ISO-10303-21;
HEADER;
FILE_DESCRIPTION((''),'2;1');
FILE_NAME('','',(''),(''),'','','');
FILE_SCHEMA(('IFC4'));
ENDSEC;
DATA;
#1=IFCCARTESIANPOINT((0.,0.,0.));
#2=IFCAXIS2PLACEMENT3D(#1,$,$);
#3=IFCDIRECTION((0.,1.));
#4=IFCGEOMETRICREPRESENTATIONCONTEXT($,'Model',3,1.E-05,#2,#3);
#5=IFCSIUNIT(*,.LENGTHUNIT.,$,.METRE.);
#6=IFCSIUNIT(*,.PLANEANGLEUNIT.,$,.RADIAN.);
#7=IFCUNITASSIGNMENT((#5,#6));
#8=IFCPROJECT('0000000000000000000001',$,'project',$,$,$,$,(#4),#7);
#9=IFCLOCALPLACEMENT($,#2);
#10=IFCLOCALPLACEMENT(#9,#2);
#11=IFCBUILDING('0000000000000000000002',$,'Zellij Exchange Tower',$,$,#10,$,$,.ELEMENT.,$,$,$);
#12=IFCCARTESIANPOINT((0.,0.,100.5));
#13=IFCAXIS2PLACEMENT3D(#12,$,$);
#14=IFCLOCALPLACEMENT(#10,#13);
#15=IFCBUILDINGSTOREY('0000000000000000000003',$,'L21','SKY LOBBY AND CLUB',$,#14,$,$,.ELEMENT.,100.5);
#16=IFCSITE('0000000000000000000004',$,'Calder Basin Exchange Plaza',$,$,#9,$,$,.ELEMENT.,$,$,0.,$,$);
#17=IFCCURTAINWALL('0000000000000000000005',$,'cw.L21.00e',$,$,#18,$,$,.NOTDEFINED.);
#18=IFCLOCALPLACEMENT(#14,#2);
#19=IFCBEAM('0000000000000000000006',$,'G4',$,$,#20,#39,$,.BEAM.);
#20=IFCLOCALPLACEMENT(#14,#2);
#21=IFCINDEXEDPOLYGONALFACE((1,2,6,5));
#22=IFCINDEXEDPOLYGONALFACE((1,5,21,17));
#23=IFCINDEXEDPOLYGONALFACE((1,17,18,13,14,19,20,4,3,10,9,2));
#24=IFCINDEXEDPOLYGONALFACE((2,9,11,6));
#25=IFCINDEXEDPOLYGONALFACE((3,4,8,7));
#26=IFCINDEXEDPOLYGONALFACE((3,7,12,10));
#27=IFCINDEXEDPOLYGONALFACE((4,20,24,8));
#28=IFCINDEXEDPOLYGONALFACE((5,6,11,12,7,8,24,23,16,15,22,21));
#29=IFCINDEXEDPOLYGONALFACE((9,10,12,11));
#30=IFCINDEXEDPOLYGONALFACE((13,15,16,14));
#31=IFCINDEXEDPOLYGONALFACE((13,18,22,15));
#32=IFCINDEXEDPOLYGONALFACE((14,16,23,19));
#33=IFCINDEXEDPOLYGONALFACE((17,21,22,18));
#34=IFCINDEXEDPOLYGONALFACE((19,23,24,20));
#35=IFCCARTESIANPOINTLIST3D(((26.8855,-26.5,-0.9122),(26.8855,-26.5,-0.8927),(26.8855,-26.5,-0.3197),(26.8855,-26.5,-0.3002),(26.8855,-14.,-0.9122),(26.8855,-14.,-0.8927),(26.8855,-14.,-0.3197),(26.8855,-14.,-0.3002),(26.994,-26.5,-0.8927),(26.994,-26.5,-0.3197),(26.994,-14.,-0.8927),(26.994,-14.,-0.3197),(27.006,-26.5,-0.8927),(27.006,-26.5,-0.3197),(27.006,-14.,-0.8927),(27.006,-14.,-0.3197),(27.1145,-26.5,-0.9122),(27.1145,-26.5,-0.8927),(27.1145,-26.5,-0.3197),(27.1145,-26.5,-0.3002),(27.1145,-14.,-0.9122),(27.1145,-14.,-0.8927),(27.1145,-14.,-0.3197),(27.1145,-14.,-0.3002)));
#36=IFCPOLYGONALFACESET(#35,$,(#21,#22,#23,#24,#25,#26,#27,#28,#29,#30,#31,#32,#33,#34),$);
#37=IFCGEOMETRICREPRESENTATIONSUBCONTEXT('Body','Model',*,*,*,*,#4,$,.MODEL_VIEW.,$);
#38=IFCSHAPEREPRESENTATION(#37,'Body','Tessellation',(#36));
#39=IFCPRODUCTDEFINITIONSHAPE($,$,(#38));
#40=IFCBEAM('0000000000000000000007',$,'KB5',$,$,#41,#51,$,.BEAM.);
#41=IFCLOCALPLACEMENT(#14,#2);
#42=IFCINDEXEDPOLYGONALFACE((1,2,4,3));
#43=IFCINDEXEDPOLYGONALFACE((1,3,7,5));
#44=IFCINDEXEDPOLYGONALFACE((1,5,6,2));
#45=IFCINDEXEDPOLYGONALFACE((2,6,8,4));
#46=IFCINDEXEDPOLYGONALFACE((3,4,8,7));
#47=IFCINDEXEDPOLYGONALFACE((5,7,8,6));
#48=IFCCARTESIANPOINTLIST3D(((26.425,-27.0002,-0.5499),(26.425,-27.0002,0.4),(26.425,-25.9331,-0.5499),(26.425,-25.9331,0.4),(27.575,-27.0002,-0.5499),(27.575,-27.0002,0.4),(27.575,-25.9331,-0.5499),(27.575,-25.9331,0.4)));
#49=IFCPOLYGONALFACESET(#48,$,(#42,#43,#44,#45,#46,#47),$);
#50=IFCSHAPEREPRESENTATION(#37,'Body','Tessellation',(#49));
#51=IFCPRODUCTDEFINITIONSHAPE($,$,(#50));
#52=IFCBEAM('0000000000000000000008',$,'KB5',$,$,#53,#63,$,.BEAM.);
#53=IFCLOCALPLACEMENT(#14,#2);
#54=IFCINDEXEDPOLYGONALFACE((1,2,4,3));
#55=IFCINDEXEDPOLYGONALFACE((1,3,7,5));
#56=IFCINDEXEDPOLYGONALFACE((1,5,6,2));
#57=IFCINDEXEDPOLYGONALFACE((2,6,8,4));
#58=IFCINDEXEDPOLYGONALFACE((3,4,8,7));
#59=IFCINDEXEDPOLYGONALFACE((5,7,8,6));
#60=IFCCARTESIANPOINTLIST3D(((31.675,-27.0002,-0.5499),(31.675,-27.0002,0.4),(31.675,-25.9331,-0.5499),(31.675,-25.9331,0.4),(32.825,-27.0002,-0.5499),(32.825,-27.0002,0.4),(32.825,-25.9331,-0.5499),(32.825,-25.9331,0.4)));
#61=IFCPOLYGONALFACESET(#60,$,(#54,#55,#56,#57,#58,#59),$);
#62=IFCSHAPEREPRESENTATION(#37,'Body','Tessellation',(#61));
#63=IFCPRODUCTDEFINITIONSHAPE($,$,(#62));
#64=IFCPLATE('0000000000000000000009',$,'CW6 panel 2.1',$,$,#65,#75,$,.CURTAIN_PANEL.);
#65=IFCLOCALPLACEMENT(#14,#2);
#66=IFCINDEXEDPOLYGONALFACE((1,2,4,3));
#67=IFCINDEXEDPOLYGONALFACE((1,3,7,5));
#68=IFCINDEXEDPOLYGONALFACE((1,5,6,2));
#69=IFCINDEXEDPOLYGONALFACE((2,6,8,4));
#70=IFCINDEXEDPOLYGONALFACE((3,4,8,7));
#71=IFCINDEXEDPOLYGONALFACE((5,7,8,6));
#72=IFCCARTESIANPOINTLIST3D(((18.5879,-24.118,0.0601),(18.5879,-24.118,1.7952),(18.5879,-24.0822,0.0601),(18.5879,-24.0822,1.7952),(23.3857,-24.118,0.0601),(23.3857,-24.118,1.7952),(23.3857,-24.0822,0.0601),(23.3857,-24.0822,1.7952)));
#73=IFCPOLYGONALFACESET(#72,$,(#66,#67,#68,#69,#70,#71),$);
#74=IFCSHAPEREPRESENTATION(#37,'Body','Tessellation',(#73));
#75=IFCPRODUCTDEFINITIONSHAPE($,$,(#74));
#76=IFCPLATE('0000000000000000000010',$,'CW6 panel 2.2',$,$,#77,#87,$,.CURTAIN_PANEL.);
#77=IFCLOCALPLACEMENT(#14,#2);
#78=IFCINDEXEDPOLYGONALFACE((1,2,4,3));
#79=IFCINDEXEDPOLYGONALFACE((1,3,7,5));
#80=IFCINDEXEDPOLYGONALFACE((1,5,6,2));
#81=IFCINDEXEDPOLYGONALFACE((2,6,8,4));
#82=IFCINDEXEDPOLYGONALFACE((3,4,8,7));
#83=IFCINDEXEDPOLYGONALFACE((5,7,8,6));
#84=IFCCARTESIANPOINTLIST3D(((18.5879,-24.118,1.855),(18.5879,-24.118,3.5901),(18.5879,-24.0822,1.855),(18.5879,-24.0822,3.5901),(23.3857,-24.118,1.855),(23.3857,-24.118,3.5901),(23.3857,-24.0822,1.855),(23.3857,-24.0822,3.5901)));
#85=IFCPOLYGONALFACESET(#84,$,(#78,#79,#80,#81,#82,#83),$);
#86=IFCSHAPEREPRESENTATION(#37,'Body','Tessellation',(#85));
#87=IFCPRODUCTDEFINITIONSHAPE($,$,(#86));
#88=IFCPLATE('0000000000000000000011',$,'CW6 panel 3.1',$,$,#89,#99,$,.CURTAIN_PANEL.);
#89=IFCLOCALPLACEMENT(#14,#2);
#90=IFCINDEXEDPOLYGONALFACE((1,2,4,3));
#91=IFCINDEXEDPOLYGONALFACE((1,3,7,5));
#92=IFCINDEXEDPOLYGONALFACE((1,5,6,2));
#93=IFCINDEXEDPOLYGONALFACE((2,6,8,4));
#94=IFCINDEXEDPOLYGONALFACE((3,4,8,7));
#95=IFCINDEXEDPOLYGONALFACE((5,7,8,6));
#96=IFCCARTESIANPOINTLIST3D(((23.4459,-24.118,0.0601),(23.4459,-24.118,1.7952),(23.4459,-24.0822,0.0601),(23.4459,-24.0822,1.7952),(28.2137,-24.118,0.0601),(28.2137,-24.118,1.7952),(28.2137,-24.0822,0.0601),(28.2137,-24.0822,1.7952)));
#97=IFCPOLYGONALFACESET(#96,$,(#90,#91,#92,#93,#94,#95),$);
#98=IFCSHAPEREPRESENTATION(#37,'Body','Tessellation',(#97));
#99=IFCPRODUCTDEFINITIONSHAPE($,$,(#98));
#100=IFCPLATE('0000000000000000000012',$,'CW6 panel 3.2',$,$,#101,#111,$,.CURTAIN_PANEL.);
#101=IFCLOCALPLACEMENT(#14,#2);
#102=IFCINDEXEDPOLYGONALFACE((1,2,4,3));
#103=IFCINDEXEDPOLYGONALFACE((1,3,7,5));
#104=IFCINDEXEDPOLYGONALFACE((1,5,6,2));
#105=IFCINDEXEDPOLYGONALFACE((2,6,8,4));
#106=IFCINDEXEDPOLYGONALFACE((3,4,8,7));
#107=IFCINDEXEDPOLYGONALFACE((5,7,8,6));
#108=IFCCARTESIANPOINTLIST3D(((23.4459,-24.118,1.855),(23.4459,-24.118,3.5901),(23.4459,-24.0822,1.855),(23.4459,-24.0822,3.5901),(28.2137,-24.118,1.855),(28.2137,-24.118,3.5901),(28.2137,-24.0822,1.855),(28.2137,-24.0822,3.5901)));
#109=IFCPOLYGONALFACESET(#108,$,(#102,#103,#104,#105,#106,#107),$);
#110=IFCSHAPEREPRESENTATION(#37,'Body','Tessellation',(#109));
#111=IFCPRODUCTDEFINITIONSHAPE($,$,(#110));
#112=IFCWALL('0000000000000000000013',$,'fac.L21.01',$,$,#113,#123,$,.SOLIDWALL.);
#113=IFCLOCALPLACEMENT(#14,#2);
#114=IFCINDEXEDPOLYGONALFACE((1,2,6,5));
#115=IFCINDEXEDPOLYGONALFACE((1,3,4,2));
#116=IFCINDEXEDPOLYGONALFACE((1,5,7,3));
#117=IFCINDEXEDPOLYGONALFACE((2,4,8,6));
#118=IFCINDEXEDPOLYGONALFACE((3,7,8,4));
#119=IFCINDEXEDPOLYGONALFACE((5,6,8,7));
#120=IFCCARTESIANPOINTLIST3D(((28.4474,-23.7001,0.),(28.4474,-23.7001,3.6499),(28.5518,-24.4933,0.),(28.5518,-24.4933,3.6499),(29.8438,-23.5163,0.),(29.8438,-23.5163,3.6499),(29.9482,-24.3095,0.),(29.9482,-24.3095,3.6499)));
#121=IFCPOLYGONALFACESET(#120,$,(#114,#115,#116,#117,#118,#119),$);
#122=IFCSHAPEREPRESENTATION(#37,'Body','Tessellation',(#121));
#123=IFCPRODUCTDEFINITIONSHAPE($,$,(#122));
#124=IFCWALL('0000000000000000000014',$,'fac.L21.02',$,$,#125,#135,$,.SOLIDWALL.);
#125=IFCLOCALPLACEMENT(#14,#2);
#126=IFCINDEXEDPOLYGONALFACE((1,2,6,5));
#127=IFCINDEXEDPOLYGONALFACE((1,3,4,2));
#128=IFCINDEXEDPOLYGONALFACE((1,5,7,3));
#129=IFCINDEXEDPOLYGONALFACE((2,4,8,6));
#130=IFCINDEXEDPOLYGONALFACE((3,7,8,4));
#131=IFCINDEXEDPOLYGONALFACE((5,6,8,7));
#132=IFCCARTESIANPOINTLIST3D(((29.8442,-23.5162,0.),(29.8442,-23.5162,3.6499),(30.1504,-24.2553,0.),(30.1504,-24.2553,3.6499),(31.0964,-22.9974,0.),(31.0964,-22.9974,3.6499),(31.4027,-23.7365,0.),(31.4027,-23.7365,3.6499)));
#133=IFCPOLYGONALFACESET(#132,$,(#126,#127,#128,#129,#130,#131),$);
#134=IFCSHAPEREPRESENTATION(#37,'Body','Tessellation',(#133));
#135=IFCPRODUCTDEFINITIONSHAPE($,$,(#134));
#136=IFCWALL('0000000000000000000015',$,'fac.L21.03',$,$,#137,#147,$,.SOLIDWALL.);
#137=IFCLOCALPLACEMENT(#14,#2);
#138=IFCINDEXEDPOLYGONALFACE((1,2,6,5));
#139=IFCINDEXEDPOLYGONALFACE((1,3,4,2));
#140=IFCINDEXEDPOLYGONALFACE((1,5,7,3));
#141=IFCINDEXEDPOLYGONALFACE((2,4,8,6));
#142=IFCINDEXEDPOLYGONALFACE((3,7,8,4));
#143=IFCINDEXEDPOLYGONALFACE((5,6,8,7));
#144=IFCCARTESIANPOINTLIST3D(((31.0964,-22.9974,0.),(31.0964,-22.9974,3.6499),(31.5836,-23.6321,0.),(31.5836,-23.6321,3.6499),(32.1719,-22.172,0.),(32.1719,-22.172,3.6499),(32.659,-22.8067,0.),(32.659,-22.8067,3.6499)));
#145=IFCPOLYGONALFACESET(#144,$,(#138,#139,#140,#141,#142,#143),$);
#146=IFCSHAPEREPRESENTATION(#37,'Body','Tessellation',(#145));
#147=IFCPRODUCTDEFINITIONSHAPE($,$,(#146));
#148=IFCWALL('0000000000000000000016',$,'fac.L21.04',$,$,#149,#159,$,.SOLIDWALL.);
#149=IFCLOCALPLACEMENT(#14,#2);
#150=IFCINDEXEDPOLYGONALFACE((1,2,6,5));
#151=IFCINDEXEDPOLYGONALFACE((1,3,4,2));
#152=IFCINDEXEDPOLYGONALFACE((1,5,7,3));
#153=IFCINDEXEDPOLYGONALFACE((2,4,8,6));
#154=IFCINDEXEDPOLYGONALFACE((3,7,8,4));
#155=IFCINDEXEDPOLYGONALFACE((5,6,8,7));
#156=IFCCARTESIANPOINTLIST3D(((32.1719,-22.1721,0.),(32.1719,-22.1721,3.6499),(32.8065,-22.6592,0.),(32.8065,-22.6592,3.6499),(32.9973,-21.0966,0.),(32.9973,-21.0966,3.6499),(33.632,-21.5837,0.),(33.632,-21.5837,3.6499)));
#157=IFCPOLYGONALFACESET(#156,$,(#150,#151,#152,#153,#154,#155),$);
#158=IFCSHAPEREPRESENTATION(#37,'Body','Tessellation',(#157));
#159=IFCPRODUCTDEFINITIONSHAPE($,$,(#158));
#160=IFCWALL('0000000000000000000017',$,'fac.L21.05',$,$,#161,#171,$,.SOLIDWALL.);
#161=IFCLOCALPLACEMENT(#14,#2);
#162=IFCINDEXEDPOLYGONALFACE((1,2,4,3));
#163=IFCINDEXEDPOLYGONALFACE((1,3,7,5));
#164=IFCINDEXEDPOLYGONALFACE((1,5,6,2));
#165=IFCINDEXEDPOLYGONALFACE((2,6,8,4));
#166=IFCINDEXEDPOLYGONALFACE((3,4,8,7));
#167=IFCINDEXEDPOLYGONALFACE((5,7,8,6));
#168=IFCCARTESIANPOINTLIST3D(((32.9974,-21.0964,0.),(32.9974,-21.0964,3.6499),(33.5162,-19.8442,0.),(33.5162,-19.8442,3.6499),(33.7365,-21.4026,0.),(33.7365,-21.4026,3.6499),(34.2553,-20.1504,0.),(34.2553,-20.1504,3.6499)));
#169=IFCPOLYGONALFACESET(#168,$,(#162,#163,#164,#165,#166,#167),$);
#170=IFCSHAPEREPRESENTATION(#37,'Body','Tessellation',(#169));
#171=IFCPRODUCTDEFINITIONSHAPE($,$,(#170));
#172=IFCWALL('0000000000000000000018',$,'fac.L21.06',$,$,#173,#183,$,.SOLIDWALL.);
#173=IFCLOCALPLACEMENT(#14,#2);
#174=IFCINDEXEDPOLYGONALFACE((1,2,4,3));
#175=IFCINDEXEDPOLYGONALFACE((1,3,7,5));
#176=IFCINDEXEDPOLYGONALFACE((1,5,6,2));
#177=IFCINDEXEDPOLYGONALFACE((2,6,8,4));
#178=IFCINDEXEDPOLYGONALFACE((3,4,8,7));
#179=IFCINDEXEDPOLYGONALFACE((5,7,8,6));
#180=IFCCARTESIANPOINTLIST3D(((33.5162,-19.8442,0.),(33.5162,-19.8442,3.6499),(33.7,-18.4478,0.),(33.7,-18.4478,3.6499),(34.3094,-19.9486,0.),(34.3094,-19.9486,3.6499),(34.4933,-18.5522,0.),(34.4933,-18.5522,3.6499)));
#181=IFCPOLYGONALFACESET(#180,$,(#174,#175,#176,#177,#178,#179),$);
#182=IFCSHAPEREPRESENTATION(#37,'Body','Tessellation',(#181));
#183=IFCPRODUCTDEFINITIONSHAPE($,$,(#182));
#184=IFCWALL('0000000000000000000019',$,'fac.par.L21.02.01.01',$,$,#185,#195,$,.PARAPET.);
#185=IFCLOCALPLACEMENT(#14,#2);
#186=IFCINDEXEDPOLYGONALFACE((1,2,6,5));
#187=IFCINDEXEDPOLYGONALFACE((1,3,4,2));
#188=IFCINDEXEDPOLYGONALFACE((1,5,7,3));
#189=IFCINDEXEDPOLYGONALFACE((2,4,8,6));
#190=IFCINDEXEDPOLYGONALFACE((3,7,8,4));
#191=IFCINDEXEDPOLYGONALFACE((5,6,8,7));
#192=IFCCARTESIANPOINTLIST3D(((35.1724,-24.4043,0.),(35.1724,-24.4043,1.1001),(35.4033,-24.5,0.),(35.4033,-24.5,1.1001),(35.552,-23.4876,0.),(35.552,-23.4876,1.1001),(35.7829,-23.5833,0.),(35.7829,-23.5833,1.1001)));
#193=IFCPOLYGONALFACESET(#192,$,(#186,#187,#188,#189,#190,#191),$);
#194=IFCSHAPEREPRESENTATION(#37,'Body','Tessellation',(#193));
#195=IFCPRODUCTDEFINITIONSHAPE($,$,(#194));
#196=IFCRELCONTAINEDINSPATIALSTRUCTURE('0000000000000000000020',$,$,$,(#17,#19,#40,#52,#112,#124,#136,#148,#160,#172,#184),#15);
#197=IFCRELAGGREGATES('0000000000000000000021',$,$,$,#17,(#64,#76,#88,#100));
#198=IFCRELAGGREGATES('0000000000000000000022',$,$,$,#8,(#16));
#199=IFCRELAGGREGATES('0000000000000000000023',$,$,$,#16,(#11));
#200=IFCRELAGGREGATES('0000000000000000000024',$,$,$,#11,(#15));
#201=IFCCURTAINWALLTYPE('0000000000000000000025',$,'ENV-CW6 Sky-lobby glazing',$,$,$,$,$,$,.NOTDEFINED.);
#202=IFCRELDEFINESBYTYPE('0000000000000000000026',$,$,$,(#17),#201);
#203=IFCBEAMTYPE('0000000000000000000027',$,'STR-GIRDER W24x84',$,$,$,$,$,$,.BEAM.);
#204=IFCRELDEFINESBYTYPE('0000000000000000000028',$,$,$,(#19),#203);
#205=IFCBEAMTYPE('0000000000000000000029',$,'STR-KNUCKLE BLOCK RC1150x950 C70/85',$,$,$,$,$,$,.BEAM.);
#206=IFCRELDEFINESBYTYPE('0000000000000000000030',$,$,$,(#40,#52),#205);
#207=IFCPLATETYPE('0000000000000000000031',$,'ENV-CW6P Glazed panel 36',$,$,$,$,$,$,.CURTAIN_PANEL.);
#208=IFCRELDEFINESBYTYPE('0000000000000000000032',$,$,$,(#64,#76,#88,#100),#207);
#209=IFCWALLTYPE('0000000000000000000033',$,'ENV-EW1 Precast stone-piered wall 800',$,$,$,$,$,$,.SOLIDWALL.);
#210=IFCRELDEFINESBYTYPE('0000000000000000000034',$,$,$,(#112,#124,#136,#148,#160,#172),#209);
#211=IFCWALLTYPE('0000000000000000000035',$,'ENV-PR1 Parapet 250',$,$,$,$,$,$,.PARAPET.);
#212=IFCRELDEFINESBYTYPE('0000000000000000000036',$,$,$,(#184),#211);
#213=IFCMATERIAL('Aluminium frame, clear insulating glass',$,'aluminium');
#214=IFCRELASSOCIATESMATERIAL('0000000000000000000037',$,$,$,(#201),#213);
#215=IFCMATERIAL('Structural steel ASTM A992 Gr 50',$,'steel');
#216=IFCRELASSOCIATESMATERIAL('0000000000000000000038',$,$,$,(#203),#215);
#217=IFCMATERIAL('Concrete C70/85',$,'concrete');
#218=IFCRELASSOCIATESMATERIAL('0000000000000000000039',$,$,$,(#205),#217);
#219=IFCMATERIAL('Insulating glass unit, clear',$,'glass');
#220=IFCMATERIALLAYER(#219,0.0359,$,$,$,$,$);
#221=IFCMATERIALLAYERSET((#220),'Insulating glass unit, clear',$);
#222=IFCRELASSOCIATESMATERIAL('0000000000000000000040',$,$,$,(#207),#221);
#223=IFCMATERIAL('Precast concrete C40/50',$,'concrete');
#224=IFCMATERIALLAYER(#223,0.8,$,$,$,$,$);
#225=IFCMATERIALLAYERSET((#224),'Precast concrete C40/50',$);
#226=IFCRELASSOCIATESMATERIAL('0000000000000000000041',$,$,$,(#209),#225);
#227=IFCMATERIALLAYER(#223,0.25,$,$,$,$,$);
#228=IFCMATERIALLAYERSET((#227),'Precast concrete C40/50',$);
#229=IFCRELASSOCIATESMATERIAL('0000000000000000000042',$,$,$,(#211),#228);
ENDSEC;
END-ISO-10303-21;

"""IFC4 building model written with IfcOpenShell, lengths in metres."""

from ifc_helpers import new_model, si_unit, direction, frame, frame_2d, origin, origin_2d, place, context, subcontext, project, spatial, rectangle, i_section, extrude, material, layer, layer_set, material_profile, profile_set, type_object, element, aggregate, save


model = new_model("IFC4")

# Units and contexts
model_context = context("Model", 3, precision=1e-05, world=origin(), true_north=direction((0.0, 1.0)))
body_context = subcontext(model_context, "Body", "Model", "MODEL_VIEW")
ifc_project = project(units=[si_unit("LENGTHUNIT", "METRE"), si_unit("PLANEANGLEUNIT", "RADIAN")], contexts=[model_context])

# Site, building, storey
site_placement = place(None, origin())
site = spatial("IfcSite", under=ifc_project, at=site_placement, Name="Calder Basin Exchange Plaza", CompositionType="ELEMENT", RefElevation=0.0)
building_placement = place(site_placement, origin())
building = spatial("IfcBuilding", under=site, at=building_placement, Name="Zellij Exchange Tower", CompositionType="ELEMENT")
storey_placement = place(building_placement, frame((0.0, 0.0, 100.5)))
storey = spatial("IfcBuildingStorey", under=building, at=storey_placement, Name="L21", Description="SKY LOBBY AND CLUB", CompositionType="ELEMENT", Elevation=100.5)

# Shared definitions
ifc_material_1 = material(Name="Concrete C70/85", Category="concrete")

# Curtain wall
ifc_material_2 = material(Name="Aluminium frame, clear insulating glass", Category="aluminium")
curtain_wall_type = type_object("IfcCurtainWallType", Name="ENV-CW6 Sky-lobby glazing", PredefinedType="NOTDEFINED", material=ifc_material_2)
curtain_wall_1_placement = place(storey_placement, origin())
curtain_wall_1 = element("IfcCurtainWall", 1, at=curtain_wall_1_placement, inside=storey, type_object=curtain_wall_type, Name="cw.L21.00e", PredefinedType="NOTDEFINED")

# Beams
ifc_material_3 = material(Name="Structural steel ASTM A992 Gr 50", Category="steel")
ifc_material_profile_1 = material_profile(ifc_material_3, i_section(OverallWidth=0.229, OverallDepth=0.6121, WebThickness=0.012, FlangeThickness=0.0195, at=origin_2d()), Name="W24x84")
ifc_profile_set_1 = profile_set([ifc_material_profile_1], Name="Structural steel ASTM A992 Gr 50")
beam_type_1 = type_object("IfcBeamType", Name="STR-GIRDER W24x84", PredefinedType="BEAM", material=ifc_profile_set_1)
beam_1_placement = place(storey_placement, frame((27.0, -26.5, -0.6062), z_axis=(0.0, 1.0, 0.0), x_axis=(-1.0, 0.0, 0.0)))
element("IfcBeam", 2, at=beam_1_placement, inside=storey, type_object=beam_type_1, Name="G4", PredefinedType="BEAM", context=body_context, shape_type="SweptSolid", body=[
    extrude(i_section(OverallWidth=0.229, OverallDepth=0.6121, WebThickness=0.012, FlangeThickness=0.0195, at=origin_2d()), origin(), (0.0, 0.0, 1.0), 12.5),
])
ifc_material_profile_2 = material_profile(ifc_material_1, rectangle(XDim=1.1499, YDim=0.95, at=origin_2d()), Name="STR-KNUCKLE BLOCK RC1150x950 C70/85")
ifc_profile_set_2 = profile_set([ifc_material_profile_2], Name="Concrete C70/85")
beam_type_2 = type_object("IfcBeamType", Name="STR-KNUCKLE BLOCK RC1150x950 C70/85", PredefinedType="BEAM", material=ifc_profile_set_2)
for number, where, z_axis, x_axis, name in (
    (3, (27.0, -27.0002, -0.075), (0.0, 1.0, 0.0), (-1.0, 0.0, 0.0), "KB5"),
    (4, (32.25, -27.0002, -0.075), (0.0, 1.0, 0.0), (-1.0, 0.0, 0.0), "KB5"),
):
    element("IfcBeam", number, at=place(storey_placement, frame(where, z_axis=z_axis, x_axis=x_axis)), inside=storey, type_object=beam_type_2, Name=name, PredefinedType="BEAM", context=body_context, shape_type="SweptSolid", body=[
        extrude(rectangle(XDim=1.1499, YDim=0.95, at=origin_2d()), origin(), (0.0, 0.0, 1.0), 1.0671),
    ])

# Plates
ifc_material_4 = material(Name="Insulating glass unit, clear", Category="glass")
ifc_layer_1 = layer(ifc_material_4, 0.0359)
ifc_layer_set_1 = layer_set([ifc_layer_1], Name="Insulating glass unit, clear")
plate_type = type_object("IfcPlateType", Name="ENV-CW6P Glazed panel 36", PredefinedType="CURTAIN_PANEL", material=ifc_layer_set_1)
plate_1_placement = place(storey_placement, frame((20.9868, -24.1001, 0.0601), z_axis=(0.0, 0.0, 1.0), x_axis=(1.0, 0.0, 0.0)))
plate_1 = element("IfcPlate", 5, at=plate_1_placement, type_object=plate_type, Name="CW6 panel 2.1", PredefinedType="CURTAIN_PANEL", context=body_context, shape_type="SweptSolid", body=[
    extrude(rectangle(XDim=4.7979, YDim=0.0359, at=origin_2d()), origin(), (0.0, 0.0, 1.0), 1.7351),
])
plate_2_placement = place(storey_placement, frame((20.9868, -24.1001, 1.855), z_axis=(0.0, 0.0, 1.0), x_axis=(1.0, 0.0, 0.0)))
plate_2 = element("IfcPlate", 6, at=plate_2_placement, type_object=plate_type, Name="CW6 panel 2.2", PredefinedType="CURTAIN_PANEL", context=body_context, shape_type="SweptSolid", body=[
    extrude(rectangle(XDim=4.7979, YDim=0.0359, at=origin_2d()), origin(), (0.0, 0.0, 1.0), 1.7351),
])
plate_3_placement = place(storey_placement, frame((25.8298, -24.1001, 0.0601), z_axis=(0.0, 0.0, 1.0), x_axis=(1.0, 0.0, 0.0)))
plate_3 = element("IfcPlate", 7, at=plate_3_placement, type_object=plate_type, Name="CW6 panel 3.1", PredefinedType="CURTAIN_PANEL", context=body_context, shape_type="SweptSolid", body=[
    extrude(rectangle(XDim=4.7678, YDim=0.0359, at=origin_2d()), origin(), (0.0, 0.0, 1.0), 1.7351),
])
plate_4_placement = place(storey_placement, frame((25.8298, -24.1001, 1.855), z_axis=(0.0, 0.0, 1.0), x_axis=(1.0, 0.0, 0.0)))
plate_4 = element("IfcPlate", 8, at=plate_4_placement, type_object=plate_type, Name="CW6 panel 3.2", PredefinedType="CURTAIN_PANEL", context=body_context, shape_type="SweptSolid", body=[
    extrude(rectangle(XDim=4.7678, YDim=0.0359, at=origin_2d()), origin(), (0.0, 0.0, 1.0), 1.7351),
])
aggregate(curtain_wall_1, [plate_1, plate_2, plate_3, plate_4])

# Walls
ifc_material_5 = material(Name="Precast concrete C40/50", Category="concrete")
ifc_layer_2 = layer(ifc_material_5, 0.8)
ifc_layer_set_2 = layer_set([ifc_layer_2], Name="Precast concrete C40/50")
wall_type_1 = type_object("IfcWallType", Name="ENV-EW1 Precast stone-piered wall 800", PredefinedType="SOLIDWALL", material=ifc_layer_set_2)
wall_1_placement = place(storey_placement, frame((28.4998, -24.0967, 0.0), z_axis=(0.0, 0.0, 1.0), x_axis=(0.991446, 0.130517, 0.0)))
element("IfcWall", 9, at=wall_1_placement, inside=storey, type_object=wall_type_1, Name="fac.L21.01", PredefinedType="SOLIDWALL", context=body_context, shape_type="SweptSolid", body=[
    extrude(rectangle(XDim=1.4084, YDim=0.8, at=frame_2d((0.7041, 0.0))), origin(), (0.0, 0.0, 1.0), 3.6499),
])
wall_2_placement = place(storey_placement, frame((29.9973, -23.8857, 0.0), z_axis=(0.0, 0.0, 1.0), x_axis=(0.923848, 0.38276, 0.0)))
element("IfcWall", 10, at=wall_2_placement, inside=storey, type_object=wall_type_1, Name="fac.L21.02", PredefinedType="SOLIDWALL", context=body_context, shape_type="SweptSolid", body=[
    extrude(rectangle(XDim=1.3555, YDim=0.8, at=frame_2d((0.6777, 0.0))), origin(), (0.0, 0.0, 1.0), 3.6499),
])
for number, where, z_axis, x_axis, name in (
    (11, (31.3401, -23.3147, 0.0), (0.0, 0.0, 1.0), (0.793273, 0.608866, 0.0), "fac.L21.03"),
    (12, (32.4893, -22.4155, 0.0), (0.0, 0.0, 1.0), (0.608866, 0.793273, 0.0), "fac.L21.04"),
):
    element("IfcWall", number, at=place(storey_placement, frame(where, z_axis=z_axis, x_axis=x_axis)), inside=storey, type_object=wall_type_1, Name=name, PredefinedType="SOLIDWALL", context=body_context, shape_type="SweptSolid", body=[
        extrude(rectangle(XDim=1.3557, YDim=0.8, at=frame_2d((0.6777, 0.0))), origin(), (0.0, 0.0, 1.0), 3.6499),
    ])
wall_3_placement = place(storey_placement, frame((33.3669, -21.2495, 0.0), z_axis=(0.0, 0.0, 1.0), x_axis=(0.38276, 0.923848, 0.0)))
element("IfcWall", 13, at=wall_3_placement, inside=storey, type_object=wall_type_1, Name="fac.L21.05", PredefinedType="SOLIDWALL", context=body_context, shape_type="SweptSolid", body=[
    extrude(rectangle(XDim=1.3555, YDim=0.8, at=frame_2d((0.6777, 0.0))), origin(), (0.0, 0.0, 1.0), 3.6499),
])
wall_4_placement = place(storey_placement, frame((33.9128, -19.8962, 0.0), z_axis=(0.0, 0.0, 1.0), x_axis=(0.130517, 0.991446, 0.0)))
element("IfcWall", 14, at=wall_4_placement, inside=storey, type_object=wall_type_1, Name="fac.L21.06", PredefinedType="SOLIDWALL", context=body_context, shape_type="SweptSolid", body=[
    extrude(rectangle(XDim=1.4084, YDim=0.8, at=frame_2d((0.7041, 0.0))), origin(), (0.0, 0.0, 1.0), 3.6499),
])
ifc_layer_3 = layer(ifc_material_5, 0.25)
ifc_layer_set_3 = layer_set([ifc_layer_3], Name="Precast concrete C40/50")
wall_type_2 = type_object("IfcWallType", Name="ENV-PR1 Parapet 250", PredefinedType="PARAPET", material=ifc_layer_set_3)
wall_5_placement = place(storey_placement, frame((35.2878, -24.4521, 0.0), z_axis=(0.0, 0.0, 1.0), x_axis=(0.382605, 0.923912, 0.0)))
element("IfcWall", 15, at=wall_5_placement, inside=storey, type_object=wall_type_2, Name="fac.par.L21.02.01.01", PredefinedType="PARAPET", context=body_context, shape_type="SweptSolid", body=[
    extrude(rectangle(XDim=0.9922, YDim=0.25, at=frame_2d((0.4961, 0.0))), origin(), (0.0, 0.0, 1.0), 1.1001),
])

save(model, "model.ifc")
